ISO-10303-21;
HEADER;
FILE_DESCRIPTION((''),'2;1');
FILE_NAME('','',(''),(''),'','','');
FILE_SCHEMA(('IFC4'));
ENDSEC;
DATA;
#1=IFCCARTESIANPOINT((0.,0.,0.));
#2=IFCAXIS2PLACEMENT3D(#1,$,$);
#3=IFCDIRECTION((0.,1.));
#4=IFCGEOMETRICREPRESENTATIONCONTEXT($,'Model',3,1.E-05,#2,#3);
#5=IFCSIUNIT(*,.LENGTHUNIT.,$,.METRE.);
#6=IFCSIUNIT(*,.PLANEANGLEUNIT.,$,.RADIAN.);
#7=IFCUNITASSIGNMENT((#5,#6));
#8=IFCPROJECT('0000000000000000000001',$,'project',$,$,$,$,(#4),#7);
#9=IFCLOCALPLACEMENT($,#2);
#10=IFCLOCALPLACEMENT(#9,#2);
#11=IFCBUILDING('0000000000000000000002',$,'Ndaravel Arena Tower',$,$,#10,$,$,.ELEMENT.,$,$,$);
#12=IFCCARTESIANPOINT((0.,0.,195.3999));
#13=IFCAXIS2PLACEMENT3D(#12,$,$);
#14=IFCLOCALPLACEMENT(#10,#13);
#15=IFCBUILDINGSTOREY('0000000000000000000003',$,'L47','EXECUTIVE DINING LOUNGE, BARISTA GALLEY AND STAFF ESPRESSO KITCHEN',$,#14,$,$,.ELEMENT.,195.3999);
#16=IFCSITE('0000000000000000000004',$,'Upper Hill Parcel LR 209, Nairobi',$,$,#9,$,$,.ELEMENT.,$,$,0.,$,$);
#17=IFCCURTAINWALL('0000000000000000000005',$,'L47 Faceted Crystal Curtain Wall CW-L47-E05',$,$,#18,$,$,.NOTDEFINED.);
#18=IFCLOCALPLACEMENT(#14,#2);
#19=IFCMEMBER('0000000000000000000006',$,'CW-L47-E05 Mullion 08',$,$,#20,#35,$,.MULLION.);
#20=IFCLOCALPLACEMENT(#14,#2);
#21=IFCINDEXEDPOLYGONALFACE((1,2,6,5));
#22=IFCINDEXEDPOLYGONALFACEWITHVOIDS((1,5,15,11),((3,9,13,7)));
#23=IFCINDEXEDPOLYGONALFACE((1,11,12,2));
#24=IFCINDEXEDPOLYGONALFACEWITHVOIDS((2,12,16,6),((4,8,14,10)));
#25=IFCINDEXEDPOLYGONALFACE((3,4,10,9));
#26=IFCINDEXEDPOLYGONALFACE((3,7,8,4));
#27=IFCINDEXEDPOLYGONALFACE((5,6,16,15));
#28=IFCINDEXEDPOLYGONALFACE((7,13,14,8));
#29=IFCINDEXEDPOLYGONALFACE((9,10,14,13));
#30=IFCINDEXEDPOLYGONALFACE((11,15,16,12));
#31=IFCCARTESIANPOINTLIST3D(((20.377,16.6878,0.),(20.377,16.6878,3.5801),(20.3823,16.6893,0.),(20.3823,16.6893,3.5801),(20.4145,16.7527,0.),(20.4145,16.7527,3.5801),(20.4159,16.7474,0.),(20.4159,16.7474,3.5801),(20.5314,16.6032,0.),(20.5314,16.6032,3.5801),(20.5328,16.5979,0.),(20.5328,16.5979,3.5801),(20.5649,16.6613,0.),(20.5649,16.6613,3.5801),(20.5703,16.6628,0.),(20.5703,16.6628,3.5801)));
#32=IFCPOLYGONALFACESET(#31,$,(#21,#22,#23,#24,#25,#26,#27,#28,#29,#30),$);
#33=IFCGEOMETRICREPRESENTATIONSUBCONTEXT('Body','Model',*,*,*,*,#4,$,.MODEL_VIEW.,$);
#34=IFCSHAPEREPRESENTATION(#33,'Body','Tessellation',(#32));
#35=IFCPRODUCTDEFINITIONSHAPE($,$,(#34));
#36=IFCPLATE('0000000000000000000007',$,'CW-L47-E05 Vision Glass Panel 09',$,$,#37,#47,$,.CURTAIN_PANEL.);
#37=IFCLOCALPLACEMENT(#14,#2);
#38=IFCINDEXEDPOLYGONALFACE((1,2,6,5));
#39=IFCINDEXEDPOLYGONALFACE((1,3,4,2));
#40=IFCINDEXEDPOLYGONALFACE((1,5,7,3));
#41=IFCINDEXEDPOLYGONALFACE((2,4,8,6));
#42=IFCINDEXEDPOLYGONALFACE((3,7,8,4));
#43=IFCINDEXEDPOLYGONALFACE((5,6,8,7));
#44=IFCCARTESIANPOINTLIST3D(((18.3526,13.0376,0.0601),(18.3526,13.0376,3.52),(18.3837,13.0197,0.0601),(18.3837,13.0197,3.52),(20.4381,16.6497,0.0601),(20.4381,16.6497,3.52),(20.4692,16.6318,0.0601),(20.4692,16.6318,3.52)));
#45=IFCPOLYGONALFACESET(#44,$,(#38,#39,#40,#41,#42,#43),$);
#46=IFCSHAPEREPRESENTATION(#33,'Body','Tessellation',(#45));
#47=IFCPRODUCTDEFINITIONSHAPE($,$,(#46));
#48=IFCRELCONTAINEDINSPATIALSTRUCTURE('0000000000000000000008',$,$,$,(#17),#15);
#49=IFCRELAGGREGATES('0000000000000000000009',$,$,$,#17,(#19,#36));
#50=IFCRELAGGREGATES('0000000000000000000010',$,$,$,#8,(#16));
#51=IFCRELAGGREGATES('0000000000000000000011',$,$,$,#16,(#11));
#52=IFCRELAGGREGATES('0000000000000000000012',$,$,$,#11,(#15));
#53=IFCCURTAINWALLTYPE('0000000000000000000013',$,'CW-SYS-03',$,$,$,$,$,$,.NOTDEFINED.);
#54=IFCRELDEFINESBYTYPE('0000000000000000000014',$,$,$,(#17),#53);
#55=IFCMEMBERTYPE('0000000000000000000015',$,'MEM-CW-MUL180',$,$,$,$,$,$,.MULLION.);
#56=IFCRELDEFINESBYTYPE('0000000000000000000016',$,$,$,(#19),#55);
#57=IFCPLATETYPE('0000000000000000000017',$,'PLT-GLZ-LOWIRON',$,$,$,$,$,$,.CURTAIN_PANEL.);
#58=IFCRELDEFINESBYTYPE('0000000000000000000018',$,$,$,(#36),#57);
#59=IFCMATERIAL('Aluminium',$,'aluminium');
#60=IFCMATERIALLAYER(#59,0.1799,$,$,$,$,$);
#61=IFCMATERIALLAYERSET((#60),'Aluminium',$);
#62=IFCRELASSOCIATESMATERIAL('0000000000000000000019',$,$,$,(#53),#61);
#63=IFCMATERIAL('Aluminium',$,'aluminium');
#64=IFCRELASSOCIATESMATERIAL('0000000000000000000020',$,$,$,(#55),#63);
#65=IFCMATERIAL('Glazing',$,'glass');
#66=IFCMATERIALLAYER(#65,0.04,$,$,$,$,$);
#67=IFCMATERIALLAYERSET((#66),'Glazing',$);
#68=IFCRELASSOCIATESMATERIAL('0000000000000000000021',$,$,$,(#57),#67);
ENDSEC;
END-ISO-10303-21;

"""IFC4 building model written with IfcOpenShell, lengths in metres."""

from ifc_helpers import new_model, si_unit, direction, frame, origin, origin_2d, place, context, subcontext, project, spatial, rectangle, hollow_rectangle, extrude, material, layer, layer_set, material_profile, profile_set, type_object, element, aggregate, save


model = new_model("IFC4")

# Units and contexts
model_context = context("Model", 3, precision=1e-05, world=origin(), true_north=direction((0.0, 1.0)))
body_context = subcontext(model_context, "Body", "Model", "MODEL_VIEW")
ifc_project = project(units=[si_unit("LENGTHUNIT", "METRE"), si_unit("PLANEANGLEUNIT", "RADIAN")], contexts=[model_context])

# Site, building, storey
site_placement = place(None, origin())
site = spatial("IfcSite", under=ifc_project, at=site_placement, Name="Upper Hill Parcel LR 209, Nairobi", CompositionType="ELEMENT", RefElevation=0.0)
building_placement = place(site_placement, origin())
building = spatial("IfcBuilding", under=site, at=building_placement, Name="Ndaravel Arena Tower", CompositionType="ELEMENT")
storey_placement = place(building_placement, frame((0.0, 0.0, 195.3999)))
storey = spatial("IfcBuildingStorey", under=building, at=storey_placement, Name="L47", Description="EXECUTIVE DINING LOUNGE, BARISTA GALLEY AND STAFF ESPRESSO KITCHEN", CompositionType="ELEMENT", Elevation=195.3999)

# Curtain wall, member, plate
ifc_material_1 = material(Name="Aluminium", Category="aluminium")
ifc_layer_1 = layer(ifc_material_1, 0.1799)
ifc_layer_set_1 = layer_set([ifc_layer_1], Name="Aluminium")
curtain_wall_type = type_object("IfcCurtainWallType", Name="CW-SYS-03", PredefinedType="NOTDEFINED", material=ifc_layer_set_1)
curtain_wall_placement = place(storey_placement, origin())
curtain_wall = element("IfcCurtainWall", 1, at=curtain_wall_placement, inside=storey, type_object=curtain_wall_type, Name="L47 Faceted Crystal Curtain Wall CW-L47-E05", PredefinedType="NOTDEFINED")
ifc_material_2 = material(Name="Aluminium", Category="aluminium")
ifc_material_profile = material_profile(ifc_material_2, hollow_rectangle(XDim=0.075, YDim=0.1799, WallThickness=0.0039, at=origin_2d()), Name="CW MULLION 75x180x4")
ifc_profile_set = profile_set([ifc_material_profile], Name="Aluminium")
member_type = type_object("IfcMemberType", Name="MEM-CW-MUL180", PredefinedType="MULLION", material=ifc_profile_set)
member_placement = place(storey_placement, frame((20.4736, 16.6753, 0.0), z_axis=(0.0, 0.0, 1.0), x_axis=(-0.5, -0.866025, 0.0)))
member = element("IfcMember", 2, at=member_placement, type_object=member_type, Name="CW-L47-E05 Mullion 08", PredefinedType="MULLION", context=body_context, shape_type="SweptSolid", body=[
    extrude(hollow_rectangle(XDim=0.075, YDim=0.1799, WallThickness=0.0039, at=origin_2d()), origin(), (0.0, 0.0, 1.0), 3.5801),
])
ifc_material_3 = material(Name="Glazing", Category="glass")
ifc_layer_2 = layer(ifc_material_3, 0.04)
ifc_layer_set_2 = layer_set([ifc_layer_2], Name="Glazing")
plate_type = type_object("IfcPlateType", Name="PLT-GLZ-LOWIRON", PredefinedType="CURTAIN_PANEL", material=ifc_layer_set_2)
plate_placement = place(storey_placement, frame((19.4109, 14.8347, 0.0601), z_axis=(0.0, 0.0, 1.0), x_axis=(-0.5, -0.866025, 0.0)))
plate = element("IfcPlate", 3, at=plate_placement, type_object=plate_type, Name="CW-L47-E05 Vision Glass Panel 09", PredefinedType="CURTAIN_PANEL", context=body_context, shape_type="SweptSolid", body=[
    extrude(rectangle(XDim=4.1709, YDim=0.0359, at=origin_2d()), origin(), (0.0, 0.0, 1.0), 3.46),
])
aggregate(curtain_wall, [member, plate])

save(model, "model.ifc")
